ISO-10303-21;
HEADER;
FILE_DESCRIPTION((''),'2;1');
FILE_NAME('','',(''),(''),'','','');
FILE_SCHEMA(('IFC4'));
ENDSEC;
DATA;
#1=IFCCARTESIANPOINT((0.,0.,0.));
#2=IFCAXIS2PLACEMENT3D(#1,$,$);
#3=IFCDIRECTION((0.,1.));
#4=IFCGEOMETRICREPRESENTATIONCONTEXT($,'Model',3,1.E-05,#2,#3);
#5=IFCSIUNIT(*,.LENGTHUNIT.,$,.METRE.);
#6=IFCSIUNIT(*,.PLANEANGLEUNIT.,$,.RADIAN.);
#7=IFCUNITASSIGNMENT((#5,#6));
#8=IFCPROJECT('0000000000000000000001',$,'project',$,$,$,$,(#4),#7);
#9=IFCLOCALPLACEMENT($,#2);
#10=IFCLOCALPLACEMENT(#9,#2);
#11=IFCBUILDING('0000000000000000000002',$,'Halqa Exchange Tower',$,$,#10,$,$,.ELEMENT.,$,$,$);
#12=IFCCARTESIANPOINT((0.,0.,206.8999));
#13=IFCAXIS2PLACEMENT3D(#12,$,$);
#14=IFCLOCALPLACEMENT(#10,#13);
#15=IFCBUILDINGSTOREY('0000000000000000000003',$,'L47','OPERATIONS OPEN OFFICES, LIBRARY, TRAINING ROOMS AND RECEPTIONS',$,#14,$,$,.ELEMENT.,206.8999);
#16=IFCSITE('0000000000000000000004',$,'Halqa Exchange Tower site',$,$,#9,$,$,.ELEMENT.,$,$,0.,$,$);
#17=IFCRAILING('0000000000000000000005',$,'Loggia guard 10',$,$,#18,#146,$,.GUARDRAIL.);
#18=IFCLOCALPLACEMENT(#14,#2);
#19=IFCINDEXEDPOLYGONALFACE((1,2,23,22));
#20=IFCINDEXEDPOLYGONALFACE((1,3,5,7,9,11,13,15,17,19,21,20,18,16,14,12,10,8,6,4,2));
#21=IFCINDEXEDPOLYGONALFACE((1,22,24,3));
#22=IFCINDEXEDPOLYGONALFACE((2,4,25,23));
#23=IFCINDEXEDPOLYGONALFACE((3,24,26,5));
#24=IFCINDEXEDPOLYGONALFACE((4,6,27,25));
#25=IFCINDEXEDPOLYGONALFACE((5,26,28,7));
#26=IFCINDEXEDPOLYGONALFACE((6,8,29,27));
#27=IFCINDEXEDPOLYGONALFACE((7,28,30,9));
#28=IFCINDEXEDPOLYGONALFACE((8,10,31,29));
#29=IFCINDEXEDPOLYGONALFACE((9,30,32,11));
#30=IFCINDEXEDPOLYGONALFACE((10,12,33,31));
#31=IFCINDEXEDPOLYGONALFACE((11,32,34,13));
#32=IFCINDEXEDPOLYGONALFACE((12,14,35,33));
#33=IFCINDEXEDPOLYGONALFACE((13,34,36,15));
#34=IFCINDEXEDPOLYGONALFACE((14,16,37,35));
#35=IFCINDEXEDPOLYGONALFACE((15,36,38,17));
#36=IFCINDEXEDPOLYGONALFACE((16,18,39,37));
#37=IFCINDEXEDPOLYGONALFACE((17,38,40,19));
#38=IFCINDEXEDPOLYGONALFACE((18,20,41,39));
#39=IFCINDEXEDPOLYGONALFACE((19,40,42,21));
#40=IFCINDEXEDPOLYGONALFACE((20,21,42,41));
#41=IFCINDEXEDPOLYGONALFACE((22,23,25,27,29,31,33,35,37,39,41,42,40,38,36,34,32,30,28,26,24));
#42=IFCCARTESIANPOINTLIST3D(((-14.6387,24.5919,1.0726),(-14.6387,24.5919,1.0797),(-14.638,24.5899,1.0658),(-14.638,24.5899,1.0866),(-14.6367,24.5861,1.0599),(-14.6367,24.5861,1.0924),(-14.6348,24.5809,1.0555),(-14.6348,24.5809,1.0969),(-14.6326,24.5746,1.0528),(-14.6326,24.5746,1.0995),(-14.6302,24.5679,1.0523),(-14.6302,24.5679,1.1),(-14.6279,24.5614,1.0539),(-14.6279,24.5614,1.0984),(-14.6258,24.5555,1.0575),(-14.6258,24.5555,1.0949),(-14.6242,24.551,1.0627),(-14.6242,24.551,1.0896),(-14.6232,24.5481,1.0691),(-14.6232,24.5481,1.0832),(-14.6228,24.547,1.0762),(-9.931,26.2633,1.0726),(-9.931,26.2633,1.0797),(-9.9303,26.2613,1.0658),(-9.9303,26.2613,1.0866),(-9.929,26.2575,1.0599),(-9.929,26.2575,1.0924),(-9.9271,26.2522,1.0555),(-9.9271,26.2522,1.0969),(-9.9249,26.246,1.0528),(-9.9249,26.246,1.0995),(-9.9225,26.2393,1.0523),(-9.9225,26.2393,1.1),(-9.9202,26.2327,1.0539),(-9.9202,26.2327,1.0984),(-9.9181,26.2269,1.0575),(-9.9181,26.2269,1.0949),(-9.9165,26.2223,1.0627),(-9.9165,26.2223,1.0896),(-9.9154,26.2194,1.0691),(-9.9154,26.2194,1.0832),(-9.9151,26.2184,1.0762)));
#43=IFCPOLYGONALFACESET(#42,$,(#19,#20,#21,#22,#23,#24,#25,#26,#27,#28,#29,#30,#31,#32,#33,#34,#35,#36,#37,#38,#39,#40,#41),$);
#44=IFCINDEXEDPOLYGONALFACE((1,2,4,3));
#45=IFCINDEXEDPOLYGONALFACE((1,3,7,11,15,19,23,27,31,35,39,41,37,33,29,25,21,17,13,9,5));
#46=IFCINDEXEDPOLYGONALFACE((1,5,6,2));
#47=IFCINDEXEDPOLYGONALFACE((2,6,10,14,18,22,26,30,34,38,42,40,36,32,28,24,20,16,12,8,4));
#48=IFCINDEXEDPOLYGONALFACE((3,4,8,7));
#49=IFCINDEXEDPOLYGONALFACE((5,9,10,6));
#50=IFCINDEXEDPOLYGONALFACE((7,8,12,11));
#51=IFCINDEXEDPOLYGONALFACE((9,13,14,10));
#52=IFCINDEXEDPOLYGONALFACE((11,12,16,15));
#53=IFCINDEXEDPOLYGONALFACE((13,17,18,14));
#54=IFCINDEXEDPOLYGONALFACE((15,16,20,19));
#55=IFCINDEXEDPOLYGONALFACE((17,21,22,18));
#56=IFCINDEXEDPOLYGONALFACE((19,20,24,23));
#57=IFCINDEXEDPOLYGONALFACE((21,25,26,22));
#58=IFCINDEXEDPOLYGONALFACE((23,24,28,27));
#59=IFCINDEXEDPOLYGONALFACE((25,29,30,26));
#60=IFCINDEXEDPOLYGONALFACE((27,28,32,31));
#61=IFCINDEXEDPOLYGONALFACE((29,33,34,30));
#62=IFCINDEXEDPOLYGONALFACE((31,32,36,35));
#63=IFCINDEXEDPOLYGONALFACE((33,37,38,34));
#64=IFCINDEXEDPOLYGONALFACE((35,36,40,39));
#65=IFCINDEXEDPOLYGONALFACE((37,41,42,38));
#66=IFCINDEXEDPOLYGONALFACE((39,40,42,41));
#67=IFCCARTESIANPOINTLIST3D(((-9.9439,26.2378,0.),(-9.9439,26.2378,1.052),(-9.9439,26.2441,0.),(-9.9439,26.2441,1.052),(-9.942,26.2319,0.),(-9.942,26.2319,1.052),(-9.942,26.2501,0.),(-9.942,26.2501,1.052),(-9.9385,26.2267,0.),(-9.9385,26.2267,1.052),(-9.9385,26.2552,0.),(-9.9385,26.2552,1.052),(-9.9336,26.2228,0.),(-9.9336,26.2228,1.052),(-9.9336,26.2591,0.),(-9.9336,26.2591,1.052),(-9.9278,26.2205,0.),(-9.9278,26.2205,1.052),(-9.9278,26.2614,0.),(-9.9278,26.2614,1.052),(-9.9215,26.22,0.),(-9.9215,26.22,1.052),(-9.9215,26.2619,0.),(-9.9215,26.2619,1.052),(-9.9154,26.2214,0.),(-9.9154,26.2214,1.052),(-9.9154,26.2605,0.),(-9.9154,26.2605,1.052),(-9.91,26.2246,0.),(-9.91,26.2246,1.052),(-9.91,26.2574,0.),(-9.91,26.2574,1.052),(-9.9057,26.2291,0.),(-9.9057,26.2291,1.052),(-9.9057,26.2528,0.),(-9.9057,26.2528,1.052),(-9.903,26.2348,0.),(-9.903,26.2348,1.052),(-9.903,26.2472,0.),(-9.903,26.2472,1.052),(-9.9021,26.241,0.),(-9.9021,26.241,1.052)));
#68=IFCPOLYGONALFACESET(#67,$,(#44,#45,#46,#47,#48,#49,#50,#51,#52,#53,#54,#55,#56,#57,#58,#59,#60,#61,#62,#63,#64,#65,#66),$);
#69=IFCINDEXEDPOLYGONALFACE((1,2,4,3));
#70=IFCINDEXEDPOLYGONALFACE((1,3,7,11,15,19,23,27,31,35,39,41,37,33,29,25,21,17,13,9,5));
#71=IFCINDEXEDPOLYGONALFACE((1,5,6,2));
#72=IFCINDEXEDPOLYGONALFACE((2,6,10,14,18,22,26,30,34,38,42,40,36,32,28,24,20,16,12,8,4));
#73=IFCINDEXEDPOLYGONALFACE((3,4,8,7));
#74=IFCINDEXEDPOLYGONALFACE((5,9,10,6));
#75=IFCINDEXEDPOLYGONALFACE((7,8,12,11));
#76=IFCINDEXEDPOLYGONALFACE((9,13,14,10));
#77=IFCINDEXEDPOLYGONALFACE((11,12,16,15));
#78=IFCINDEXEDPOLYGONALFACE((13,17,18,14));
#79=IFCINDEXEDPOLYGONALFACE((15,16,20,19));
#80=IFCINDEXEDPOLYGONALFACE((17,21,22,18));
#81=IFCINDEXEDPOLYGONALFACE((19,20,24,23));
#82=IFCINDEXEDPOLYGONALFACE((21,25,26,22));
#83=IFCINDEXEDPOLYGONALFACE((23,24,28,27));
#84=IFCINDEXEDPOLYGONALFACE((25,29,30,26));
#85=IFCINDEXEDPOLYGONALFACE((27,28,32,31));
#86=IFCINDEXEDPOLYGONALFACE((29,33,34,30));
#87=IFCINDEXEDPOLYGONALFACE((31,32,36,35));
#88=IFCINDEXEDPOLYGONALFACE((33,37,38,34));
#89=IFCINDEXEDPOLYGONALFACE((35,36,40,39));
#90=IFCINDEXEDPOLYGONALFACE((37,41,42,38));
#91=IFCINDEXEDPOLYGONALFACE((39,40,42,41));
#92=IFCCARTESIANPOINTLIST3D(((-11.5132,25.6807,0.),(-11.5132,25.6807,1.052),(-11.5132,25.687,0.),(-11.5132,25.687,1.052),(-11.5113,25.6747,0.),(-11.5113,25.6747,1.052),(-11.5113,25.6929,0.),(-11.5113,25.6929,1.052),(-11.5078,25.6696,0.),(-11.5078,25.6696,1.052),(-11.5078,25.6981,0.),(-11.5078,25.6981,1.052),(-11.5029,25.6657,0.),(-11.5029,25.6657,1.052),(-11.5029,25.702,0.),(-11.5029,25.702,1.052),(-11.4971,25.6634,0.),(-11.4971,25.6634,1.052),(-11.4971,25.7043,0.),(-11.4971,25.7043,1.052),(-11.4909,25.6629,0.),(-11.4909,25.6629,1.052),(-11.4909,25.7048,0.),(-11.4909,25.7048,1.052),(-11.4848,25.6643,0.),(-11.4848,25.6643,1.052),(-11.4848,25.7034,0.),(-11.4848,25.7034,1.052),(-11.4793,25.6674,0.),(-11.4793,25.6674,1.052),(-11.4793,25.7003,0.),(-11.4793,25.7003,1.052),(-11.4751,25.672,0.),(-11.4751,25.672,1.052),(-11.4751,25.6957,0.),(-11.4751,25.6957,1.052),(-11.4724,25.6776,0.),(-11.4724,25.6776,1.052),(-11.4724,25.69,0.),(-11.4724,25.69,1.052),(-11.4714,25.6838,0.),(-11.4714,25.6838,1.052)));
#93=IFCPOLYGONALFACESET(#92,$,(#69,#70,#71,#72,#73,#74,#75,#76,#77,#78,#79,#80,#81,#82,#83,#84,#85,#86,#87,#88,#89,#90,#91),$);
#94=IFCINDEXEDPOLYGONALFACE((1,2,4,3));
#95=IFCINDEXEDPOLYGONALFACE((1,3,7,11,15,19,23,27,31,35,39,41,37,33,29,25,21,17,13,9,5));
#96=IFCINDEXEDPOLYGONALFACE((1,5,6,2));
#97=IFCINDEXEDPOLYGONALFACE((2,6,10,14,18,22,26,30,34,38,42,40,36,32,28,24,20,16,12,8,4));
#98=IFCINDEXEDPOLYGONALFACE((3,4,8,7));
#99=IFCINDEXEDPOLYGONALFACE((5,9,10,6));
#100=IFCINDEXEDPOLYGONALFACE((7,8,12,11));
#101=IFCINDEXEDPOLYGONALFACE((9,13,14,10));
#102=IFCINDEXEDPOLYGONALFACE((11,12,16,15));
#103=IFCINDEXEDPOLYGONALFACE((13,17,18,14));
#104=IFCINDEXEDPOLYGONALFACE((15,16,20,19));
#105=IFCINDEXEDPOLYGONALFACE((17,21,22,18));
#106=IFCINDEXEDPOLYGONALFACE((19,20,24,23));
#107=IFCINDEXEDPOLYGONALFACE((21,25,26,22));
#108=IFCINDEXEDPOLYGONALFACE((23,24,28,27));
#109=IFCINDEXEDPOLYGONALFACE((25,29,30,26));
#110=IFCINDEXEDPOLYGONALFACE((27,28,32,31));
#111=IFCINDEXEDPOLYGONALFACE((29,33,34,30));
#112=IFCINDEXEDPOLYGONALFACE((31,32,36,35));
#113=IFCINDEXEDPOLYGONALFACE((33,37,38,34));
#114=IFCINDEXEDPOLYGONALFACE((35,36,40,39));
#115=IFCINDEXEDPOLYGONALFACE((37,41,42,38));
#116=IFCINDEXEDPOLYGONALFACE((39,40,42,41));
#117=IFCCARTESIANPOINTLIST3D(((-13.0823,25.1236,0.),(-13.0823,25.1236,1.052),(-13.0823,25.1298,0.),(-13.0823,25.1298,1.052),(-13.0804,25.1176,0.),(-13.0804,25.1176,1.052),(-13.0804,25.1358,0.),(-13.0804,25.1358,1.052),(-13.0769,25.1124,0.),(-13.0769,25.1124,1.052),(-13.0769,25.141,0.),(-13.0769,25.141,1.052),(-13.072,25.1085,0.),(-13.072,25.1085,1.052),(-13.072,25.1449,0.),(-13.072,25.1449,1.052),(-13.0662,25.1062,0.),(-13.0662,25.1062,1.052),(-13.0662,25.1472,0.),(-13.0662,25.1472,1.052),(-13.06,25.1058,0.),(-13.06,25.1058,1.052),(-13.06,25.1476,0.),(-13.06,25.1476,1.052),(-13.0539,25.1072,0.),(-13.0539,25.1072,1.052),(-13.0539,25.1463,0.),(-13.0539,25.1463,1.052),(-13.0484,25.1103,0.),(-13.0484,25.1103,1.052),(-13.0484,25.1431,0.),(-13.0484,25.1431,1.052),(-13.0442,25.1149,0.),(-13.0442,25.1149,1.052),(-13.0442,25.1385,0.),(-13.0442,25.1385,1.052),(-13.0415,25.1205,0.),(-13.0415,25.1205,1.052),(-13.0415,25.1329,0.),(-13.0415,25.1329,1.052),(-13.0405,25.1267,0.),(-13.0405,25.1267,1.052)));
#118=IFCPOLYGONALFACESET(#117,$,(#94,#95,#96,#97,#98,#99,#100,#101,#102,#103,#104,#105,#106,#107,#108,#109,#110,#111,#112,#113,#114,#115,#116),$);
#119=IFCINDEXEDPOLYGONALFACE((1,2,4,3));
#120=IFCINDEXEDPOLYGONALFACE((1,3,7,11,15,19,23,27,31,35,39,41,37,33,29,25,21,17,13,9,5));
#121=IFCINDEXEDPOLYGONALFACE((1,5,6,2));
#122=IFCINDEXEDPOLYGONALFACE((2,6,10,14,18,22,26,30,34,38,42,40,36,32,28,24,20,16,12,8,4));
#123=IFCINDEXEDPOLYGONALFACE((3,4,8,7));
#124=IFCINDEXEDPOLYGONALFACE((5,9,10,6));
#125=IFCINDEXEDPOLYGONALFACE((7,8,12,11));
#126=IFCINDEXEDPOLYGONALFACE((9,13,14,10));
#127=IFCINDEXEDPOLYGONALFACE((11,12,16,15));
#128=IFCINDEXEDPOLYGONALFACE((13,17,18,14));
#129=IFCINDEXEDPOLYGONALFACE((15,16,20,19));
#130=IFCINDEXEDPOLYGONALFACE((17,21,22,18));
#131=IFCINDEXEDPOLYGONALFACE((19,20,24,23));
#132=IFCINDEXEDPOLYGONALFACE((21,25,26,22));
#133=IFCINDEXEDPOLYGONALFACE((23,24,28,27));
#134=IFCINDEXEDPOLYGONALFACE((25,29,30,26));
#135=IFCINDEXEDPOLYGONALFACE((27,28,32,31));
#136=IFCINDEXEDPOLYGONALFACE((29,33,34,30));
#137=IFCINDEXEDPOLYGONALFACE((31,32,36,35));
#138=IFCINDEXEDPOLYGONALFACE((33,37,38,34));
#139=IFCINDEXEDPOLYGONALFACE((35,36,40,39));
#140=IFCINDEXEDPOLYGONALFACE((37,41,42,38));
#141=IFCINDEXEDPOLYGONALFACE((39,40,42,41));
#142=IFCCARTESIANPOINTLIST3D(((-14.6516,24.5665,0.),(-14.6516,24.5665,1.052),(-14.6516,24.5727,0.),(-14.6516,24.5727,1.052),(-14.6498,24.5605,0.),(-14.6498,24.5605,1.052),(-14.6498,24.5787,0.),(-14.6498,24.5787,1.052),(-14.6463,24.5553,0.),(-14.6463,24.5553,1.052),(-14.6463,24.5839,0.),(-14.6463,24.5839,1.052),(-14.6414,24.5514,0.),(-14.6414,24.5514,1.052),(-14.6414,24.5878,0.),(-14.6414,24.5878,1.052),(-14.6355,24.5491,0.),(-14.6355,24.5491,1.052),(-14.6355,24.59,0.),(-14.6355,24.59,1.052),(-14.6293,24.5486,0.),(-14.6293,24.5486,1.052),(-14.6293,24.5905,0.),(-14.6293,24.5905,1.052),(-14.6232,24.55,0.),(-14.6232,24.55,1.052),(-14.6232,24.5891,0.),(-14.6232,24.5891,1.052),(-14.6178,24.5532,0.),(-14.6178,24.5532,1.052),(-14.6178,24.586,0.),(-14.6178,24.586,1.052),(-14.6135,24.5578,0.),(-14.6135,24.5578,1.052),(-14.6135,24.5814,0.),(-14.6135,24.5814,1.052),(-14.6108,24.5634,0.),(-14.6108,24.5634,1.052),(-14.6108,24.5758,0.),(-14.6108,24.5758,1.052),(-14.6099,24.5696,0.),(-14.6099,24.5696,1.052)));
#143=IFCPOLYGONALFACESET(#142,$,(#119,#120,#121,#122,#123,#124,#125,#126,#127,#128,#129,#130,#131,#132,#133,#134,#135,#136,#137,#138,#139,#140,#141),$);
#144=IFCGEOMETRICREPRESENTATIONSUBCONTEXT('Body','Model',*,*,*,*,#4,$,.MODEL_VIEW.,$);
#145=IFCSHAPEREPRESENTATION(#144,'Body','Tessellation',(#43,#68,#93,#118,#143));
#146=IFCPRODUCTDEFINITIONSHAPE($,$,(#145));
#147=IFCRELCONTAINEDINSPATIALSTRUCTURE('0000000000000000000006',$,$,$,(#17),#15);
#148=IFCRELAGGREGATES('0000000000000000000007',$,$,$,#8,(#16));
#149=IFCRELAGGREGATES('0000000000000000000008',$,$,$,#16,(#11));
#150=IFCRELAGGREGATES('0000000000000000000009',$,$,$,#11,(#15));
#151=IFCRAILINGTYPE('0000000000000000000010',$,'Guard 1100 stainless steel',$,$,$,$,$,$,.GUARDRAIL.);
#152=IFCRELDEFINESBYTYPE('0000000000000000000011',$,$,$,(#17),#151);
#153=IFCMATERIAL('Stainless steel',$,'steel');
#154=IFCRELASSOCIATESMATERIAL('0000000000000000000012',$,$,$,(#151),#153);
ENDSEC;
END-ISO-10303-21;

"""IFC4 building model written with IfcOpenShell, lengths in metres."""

from ifc_helpers import new_model, si_unit, direction, frame, origin, origin_2d, place, context, subcontext, project, spatial, circle, extrude, material, type_object, element, save


model = new_model("IFC4")

# Units and contexts
model_context = context("Model", 3, precision=1e-05, world=origin(), true_north=direction((0.0, 1.0)))
body_context = subcontext(model_context, "Body", "Model", "MODEL_VIEW")
ifc_project = project(units=[si_unit("LENGTHUNIT", "METRE"), si_unit("PLANEANGLEUNIT", "RADIAN")], contexts=[model_context])

# Site, building, storey
site_placement = place(None, origin())
site = spatial("IfcSite", under=ifc_project, at=site_placement, Name="Halqa Exchange Tower site", CompositionType="ELEMENT", RefElevation=0.0)
building_placement = place(site_placement, origin())
building = spatial("IfcBuilding", under=site, at=building_placement, Name="Halqa Exchange Tower", CompositionType="ELEMENT")
storey_placement = place(building_placement, frame((0.0, 0.0, 206.8999)))
storey = spatial("IfcBuildingStorey", under=building, at=storey_placement, Name="L47", Description="OPERATIONS OPEN OFFICES, LIBRARY, TRAINING ROOMS AND RECEPTIONS", CompositionType="ELEMENT", Elevation=206.8999)

# Railing
ifc_material_1 = material(Name="Stainless steel", Category="steel")
railing_type_1 = type_object("IfcRailingType", Name="Guard 1100 stainless steel", PredefinedType="GUARDRAIL", material=ifc_material_1)
railing_1_placement = place(storey_placement, frame((-9.9231, 26.241, 0.0)))
element("IfcRailing", 1, at=railing_1_placement, inside=storey, type_object=railing_type_1, Name="Loggia guard 10", PredefinedType="GUARDRAIL", context=body_context, shape_type="SweptSolid", body=[
    extrude(circle(Radius=0.0239, at=origin_2d()), frame((0.0, 0.0, 1.0762), z_axis=(-0.942372, -0.334568, 0.0), x_axis=(0.334568, -0.942372, 0.0)), (0.0, 0.0, 1.0), 4.9956),
    extrude(circle(Radius=0.021, at=origin_2d()), origin(), (0.0, 0.0, 1.0), 1.052),
    extrude(circle(Radius=0.021, at=origin_2d()), frame((-1.5693, -0.5571, 0.0)), (0.0, 0.0, 1.0), 1.052),
    extrude(circle(Radius=0.021, at=origin_2d()), frame((-3.1384, -1.1143, 0.0)), (0.0, 0.0, 1.0), 1.052),
    extrude(circle(Radius=0.021, at=origin_2d()), frame((-4.7078, -1.6714, 0.0)), (0.0, 0.0, 1.0), 1.052),
])

save(model, "model.ifc")
